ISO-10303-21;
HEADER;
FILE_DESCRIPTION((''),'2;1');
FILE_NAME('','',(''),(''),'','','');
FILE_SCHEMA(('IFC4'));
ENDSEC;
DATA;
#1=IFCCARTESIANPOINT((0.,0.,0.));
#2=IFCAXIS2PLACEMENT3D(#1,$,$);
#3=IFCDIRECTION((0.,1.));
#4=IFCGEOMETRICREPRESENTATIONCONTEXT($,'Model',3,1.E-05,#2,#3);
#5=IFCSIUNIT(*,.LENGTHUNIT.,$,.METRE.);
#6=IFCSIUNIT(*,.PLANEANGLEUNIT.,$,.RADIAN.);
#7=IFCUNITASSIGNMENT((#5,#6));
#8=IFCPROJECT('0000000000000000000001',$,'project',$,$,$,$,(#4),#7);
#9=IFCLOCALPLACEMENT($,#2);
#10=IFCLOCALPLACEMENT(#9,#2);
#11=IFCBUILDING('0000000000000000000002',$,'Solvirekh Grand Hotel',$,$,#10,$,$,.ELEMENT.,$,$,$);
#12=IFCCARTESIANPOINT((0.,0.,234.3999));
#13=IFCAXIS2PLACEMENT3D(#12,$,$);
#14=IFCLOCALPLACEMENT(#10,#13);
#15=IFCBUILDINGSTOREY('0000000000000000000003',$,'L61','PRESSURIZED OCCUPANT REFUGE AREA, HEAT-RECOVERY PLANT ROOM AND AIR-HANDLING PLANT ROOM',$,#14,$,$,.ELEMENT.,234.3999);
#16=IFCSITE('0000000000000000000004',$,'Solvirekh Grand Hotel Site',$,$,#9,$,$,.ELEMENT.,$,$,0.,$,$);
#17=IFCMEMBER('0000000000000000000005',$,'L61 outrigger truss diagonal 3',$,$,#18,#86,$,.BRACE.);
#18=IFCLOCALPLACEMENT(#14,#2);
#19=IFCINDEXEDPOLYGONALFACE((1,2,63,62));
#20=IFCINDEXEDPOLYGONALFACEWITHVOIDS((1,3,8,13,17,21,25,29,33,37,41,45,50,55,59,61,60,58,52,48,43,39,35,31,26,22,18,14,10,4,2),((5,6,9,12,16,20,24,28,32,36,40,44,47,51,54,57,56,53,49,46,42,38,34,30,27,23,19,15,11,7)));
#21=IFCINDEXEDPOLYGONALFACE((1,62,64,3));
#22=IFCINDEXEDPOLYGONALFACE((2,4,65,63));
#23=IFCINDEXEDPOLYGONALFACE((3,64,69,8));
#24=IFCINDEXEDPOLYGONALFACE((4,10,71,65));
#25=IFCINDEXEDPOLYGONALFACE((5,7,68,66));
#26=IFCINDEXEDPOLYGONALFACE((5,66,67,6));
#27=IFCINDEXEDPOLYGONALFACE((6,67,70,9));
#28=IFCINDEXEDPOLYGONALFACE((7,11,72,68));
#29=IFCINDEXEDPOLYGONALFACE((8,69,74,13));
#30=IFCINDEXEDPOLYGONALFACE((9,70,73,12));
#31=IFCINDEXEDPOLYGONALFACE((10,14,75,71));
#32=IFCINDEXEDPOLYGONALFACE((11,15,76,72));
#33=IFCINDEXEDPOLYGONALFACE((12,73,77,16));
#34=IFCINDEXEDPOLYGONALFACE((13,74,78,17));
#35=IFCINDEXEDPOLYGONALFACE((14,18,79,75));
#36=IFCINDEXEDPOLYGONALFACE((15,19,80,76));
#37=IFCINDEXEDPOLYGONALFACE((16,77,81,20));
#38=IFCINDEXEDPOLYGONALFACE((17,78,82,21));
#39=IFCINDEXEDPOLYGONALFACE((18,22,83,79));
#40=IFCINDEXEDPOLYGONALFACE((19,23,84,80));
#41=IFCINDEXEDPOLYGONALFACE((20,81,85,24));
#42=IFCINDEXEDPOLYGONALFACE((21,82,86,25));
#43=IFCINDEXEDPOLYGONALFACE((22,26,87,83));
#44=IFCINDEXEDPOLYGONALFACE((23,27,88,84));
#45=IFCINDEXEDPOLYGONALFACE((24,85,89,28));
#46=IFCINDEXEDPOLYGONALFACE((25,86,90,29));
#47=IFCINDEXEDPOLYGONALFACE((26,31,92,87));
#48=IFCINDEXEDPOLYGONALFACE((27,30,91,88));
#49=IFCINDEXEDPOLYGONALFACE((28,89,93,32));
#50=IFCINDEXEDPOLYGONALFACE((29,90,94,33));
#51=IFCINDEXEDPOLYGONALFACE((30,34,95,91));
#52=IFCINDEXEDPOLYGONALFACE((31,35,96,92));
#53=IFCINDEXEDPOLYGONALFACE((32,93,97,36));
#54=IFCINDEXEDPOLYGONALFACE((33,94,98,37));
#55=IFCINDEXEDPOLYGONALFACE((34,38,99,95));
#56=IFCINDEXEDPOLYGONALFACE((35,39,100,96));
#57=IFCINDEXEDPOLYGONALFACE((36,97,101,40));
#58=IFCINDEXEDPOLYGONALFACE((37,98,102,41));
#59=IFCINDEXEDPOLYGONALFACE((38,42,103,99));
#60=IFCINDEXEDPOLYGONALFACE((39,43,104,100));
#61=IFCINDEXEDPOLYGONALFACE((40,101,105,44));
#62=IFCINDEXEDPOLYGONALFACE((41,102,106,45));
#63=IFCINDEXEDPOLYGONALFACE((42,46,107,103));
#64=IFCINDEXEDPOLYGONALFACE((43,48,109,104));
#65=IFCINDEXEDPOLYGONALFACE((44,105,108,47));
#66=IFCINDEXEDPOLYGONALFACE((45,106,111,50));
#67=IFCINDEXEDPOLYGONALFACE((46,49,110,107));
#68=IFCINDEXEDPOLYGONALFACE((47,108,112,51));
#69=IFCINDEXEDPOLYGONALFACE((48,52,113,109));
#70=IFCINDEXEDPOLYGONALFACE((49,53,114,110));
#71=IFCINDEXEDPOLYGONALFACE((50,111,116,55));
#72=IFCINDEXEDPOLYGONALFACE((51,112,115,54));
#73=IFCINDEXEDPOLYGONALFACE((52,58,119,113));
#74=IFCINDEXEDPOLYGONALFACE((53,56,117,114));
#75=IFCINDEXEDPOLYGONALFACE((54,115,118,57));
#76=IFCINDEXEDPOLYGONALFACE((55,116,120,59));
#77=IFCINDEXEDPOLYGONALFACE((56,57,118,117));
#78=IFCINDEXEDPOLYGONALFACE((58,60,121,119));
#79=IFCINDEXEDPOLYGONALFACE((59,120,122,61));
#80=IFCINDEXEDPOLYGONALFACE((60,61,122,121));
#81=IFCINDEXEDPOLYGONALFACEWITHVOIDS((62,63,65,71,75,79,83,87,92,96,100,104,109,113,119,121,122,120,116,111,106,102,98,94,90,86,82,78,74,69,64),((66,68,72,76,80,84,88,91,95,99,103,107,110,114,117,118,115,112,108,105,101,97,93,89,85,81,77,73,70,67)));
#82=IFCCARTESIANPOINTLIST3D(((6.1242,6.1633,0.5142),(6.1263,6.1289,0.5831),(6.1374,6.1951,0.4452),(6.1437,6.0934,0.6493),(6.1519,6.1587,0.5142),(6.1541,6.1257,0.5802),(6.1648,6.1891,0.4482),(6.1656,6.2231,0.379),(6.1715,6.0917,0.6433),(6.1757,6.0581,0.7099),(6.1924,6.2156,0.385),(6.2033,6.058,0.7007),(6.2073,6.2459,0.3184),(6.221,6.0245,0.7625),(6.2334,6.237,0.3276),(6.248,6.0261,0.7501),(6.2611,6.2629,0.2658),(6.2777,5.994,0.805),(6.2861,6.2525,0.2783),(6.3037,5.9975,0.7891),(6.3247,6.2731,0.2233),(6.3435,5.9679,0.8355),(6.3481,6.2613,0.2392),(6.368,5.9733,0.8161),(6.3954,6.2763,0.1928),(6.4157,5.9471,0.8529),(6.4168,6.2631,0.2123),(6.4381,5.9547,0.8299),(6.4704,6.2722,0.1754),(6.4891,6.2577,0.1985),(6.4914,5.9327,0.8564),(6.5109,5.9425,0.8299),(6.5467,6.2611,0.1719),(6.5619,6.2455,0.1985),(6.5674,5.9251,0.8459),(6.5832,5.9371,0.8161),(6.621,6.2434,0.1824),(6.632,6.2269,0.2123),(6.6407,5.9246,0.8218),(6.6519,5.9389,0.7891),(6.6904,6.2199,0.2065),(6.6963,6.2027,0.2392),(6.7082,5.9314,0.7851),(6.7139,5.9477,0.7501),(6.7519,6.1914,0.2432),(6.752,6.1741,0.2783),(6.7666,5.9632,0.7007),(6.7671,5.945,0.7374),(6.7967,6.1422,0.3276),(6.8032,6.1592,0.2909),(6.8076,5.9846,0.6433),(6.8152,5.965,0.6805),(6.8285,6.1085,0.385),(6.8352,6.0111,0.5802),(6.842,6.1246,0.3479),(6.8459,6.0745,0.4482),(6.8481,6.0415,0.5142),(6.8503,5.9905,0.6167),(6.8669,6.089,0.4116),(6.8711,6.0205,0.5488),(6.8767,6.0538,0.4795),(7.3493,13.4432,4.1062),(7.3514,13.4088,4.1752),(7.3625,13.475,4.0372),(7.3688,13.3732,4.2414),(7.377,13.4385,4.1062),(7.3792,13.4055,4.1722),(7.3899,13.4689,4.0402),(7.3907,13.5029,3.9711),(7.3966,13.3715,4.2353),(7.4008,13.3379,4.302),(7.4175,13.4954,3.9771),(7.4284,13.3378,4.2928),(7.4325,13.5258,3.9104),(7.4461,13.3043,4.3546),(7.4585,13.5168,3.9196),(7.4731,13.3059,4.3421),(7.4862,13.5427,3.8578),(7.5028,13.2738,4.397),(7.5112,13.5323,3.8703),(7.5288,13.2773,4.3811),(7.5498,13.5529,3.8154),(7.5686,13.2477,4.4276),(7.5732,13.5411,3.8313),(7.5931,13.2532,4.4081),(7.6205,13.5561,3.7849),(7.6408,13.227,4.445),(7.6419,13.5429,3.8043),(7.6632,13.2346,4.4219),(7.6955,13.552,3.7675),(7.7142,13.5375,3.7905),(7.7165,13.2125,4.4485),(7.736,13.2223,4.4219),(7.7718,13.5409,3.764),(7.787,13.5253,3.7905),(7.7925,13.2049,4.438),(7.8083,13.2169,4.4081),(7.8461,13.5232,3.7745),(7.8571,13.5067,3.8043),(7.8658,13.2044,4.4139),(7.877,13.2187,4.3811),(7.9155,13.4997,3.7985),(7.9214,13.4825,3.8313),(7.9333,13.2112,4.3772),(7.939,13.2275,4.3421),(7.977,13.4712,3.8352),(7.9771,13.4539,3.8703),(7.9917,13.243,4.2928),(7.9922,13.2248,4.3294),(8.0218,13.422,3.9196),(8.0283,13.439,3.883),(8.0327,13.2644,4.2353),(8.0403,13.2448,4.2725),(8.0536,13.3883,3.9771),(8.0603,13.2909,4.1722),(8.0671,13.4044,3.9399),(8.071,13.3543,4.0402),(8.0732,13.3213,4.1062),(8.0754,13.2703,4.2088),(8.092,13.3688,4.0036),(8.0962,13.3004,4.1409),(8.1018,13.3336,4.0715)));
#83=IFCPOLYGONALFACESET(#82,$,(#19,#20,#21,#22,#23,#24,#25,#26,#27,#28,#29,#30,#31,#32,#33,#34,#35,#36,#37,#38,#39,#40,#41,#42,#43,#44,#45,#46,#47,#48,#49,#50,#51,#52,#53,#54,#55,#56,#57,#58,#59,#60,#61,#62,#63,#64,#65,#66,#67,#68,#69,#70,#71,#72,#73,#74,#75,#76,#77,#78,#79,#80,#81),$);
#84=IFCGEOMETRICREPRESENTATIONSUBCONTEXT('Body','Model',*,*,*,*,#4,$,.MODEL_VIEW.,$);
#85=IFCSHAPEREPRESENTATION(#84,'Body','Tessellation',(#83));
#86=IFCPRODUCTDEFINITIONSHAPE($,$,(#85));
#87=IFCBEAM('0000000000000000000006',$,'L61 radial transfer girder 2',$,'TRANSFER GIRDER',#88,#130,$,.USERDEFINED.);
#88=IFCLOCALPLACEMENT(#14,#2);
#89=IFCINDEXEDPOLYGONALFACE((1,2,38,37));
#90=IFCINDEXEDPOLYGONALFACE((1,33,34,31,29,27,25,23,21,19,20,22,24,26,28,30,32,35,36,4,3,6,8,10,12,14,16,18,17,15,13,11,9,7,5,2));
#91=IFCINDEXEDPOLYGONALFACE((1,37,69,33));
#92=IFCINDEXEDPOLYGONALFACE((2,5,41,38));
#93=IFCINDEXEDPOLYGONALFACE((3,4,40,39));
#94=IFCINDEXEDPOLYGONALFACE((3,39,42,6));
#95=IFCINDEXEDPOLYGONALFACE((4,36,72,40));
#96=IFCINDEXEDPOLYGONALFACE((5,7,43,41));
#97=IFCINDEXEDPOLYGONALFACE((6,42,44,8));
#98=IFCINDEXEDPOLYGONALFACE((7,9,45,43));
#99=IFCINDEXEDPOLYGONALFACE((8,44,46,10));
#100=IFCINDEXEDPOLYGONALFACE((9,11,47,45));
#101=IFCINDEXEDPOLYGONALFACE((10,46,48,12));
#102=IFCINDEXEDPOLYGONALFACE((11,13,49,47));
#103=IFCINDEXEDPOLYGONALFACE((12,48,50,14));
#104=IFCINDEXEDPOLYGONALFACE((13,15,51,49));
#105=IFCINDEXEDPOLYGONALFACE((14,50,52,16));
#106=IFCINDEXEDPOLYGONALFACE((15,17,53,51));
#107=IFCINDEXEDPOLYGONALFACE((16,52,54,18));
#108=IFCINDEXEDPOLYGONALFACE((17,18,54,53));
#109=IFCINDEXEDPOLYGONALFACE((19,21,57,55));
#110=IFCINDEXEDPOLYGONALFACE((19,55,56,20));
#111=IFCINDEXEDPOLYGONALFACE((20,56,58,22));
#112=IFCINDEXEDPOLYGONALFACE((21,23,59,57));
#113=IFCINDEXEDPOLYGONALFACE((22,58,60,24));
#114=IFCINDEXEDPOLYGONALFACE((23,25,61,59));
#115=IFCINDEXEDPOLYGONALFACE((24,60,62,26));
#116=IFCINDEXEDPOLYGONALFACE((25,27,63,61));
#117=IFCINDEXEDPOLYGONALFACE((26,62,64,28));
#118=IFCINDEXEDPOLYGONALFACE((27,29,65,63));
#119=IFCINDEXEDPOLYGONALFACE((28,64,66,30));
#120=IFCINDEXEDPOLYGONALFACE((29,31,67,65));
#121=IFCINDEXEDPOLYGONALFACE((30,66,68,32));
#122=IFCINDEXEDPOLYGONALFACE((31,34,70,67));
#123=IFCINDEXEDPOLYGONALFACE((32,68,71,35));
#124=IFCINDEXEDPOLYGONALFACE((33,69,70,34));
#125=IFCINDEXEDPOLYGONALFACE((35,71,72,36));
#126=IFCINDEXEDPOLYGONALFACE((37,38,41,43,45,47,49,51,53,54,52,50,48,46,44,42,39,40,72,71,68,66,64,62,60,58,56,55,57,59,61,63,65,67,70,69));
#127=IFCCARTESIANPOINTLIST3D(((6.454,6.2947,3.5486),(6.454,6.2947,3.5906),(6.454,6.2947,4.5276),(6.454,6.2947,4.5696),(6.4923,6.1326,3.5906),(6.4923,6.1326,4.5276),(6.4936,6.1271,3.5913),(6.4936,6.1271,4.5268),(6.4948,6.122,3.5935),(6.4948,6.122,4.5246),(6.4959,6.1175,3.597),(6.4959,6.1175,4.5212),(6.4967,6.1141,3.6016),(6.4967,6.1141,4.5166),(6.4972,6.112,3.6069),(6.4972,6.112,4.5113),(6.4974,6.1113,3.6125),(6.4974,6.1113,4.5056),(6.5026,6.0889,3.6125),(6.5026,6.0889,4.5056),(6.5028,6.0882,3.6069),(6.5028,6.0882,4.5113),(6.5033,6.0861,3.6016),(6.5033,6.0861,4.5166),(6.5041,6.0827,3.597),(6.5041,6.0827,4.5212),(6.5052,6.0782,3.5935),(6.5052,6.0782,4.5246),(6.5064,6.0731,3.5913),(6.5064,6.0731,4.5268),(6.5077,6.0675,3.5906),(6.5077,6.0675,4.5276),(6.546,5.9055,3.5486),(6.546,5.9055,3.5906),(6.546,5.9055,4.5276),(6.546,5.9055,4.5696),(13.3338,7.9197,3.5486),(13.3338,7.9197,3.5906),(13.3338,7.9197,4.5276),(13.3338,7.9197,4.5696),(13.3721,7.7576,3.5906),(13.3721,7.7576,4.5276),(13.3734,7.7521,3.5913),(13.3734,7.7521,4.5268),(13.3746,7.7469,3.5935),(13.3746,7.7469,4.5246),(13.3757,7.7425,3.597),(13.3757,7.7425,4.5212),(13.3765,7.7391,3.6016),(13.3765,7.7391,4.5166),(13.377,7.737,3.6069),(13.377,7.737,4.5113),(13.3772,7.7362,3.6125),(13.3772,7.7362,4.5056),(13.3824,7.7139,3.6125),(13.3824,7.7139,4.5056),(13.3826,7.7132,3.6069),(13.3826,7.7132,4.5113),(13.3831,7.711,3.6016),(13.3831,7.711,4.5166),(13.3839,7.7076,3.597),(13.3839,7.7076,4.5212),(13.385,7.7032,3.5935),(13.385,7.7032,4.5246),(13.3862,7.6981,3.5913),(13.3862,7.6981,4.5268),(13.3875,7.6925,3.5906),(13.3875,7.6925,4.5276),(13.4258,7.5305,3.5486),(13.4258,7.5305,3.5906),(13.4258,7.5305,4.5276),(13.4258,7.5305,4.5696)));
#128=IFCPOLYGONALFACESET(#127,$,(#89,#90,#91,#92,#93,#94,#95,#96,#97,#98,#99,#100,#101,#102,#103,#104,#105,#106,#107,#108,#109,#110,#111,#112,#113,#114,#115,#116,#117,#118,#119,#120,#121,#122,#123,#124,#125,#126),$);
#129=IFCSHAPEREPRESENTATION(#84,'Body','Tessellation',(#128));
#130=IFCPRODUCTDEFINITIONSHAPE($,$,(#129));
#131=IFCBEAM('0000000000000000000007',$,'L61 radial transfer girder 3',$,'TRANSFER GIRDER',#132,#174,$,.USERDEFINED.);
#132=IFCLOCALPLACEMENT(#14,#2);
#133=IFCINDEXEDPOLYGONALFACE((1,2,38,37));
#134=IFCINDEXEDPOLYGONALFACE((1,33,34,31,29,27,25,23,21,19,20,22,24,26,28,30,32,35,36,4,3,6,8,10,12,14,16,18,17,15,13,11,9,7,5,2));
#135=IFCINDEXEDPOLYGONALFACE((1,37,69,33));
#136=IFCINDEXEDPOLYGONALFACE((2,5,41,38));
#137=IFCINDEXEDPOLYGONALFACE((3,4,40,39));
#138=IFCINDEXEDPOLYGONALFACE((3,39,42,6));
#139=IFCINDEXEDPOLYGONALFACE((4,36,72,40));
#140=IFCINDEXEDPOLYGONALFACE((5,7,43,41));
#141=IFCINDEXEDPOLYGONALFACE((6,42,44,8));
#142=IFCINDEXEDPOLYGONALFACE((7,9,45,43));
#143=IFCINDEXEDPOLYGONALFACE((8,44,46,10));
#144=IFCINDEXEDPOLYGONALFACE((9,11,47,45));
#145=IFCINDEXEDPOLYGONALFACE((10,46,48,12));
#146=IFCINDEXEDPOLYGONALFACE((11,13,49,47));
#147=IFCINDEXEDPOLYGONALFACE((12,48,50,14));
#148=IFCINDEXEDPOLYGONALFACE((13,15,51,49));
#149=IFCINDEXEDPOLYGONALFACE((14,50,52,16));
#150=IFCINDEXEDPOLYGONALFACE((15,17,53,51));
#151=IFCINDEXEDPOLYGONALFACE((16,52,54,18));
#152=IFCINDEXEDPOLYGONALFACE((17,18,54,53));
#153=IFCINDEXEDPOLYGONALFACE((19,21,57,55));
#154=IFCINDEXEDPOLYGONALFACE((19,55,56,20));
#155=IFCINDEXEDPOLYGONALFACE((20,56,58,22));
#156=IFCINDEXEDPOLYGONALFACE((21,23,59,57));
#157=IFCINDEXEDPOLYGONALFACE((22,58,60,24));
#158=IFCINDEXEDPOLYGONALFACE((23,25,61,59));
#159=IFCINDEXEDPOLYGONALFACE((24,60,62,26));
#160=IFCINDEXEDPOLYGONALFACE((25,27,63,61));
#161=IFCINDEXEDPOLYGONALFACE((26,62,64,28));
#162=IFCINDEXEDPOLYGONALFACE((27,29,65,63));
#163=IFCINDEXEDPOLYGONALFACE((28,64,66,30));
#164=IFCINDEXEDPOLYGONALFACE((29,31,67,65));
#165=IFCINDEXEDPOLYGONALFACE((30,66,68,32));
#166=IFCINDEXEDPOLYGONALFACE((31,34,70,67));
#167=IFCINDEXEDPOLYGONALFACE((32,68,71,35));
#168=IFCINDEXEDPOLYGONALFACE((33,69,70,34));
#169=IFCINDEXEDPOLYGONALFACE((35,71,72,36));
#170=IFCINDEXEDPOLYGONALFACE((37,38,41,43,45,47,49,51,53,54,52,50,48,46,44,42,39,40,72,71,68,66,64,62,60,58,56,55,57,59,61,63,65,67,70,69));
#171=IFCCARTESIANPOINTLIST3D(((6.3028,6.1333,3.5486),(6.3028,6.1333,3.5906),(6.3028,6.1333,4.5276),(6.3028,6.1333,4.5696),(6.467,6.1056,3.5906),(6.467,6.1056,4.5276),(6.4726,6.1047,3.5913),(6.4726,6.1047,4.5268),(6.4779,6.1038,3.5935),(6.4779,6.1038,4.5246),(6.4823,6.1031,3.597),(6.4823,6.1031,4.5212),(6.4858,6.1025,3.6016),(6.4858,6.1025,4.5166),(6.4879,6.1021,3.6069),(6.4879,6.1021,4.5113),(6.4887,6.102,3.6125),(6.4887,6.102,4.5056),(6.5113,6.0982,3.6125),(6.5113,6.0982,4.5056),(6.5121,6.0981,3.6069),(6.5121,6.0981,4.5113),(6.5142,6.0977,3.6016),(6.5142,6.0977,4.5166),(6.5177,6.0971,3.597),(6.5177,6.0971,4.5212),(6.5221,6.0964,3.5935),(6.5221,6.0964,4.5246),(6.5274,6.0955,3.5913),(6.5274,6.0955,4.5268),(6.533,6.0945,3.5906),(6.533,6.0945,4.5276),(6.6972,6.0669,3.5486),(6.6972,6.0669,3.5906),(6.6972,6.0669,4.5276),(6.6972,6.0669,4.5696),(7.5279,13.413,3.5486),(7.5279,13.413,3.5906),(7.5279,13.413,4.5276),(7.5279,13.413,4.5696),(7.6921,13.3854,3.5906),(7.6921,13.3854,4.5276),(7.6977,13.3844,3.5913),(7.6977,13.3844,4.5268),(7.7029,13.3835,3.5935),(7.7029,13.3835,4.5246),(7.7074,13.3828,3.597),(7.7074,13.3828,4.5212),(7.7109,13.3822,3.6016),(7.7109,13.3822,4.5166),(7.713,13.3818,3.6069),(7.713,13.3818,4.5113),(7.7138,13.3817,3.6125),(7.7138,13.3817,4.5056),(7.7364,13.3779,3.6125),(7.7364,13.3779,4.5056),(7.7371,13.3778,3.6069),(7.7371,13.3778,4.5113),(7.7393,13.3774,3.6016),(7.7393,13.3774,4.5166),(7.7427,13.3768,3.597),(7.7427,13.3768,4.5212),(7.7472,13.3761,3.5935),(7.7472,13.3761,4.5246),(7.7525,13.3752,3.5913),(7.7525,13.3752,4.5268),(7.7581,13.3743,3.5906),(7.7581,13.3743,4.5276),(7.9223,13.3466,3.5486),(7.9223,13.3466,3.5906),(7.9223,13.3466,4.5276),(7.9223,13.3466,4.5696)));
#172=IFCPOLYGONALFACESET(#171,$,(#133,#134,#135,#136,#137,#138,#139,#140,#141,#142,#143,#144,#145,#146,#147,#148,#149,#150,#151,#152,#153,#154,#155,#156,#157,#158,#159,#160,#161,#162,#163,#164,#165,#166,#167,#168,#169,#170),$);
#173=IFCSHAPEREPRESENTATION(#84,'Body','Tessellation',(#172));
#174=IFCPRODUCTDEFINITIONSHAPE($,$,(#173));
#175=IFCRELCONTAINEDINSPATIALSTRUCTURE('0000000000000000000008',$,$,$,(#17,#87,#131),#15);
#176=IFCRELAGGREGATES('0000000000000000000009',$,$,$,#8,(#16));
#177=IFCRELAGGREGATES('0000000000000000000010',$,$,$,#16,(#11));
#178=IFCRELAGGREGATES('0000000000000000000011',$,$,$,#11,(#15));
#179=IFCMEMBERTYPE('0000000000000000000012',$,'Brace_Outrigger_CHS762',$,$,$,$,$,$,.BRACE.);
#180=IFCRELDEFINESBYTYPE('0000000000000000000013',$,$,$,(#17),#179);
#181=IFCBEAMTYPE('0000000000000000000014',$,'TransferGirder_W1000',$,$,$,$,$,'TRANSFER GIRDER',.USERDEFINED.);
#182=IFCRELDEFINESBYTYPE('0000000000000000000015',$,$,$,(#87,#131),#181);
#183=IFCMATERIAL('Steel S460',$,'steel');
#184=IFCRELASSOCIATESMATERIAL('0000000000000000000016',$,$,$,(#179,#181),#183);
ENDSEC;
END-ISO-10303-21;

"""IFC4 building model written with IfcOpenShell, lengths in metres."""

from ifc_helpers import new_model, si_unit, direction, frame, origin, origin_2d, place, context, subcontext, project, spatial, hollow_circle, i_section, extrude, material, material_profile, profile_set, type_object, element, save


model = new_model("IFC4")

# Units and contexts
model_context = context("Model", 3, precision=1e-05, world=origin(), true_north=direction((0.0, 1.0)))
body_context = subcontext(model_context, "Body", "Model", "MODEL_VIEW")
ifc_project = project(units=[si_unit("LENGTHUNIT", "METRE"), si_unit("PLANEANGLEUNIT", "RADIAN")], contexts=[model_context])

# Site, building, storey
site_placement = place(None, origin())
site = spatial("IfcSite", under=ifc_project, at=site_placement, Name="Solvirekh Grand Hotel Site", CompositionType="ELEMENT", RefElevation=0.0)
building_placement = place(site_placement, origin())
building = spatial("IfcBuilding", under=site, at=building_placement, Name="Solvirekh Grand Hotel", CompositionType="ELEMENT")
storey_placement = place(building_placement, frame((0.0, 0.0, 234.3999)))
storey = spatial("IfcBuildingStorey", under=building, at=storey_placement, Name="L61", Description="PRESSURIZED OCCUPANT REFUGE AREA, HEAT-RECOVERY PLANT ROOM AND AIR-HANDLING PLANT ROOM", CompositionType="ELEMENT", Elevation=234.3999)

# Shared definitions
ifc_material_1 = material(Name="Steel S460", Category="steel")

# Member
ifc_material_profile_1 = material_profile(ifc_material_1, hollow_circle(Radius=0.3811, WallThickness=0.0281, at=origin_2d()), Name="CHS 762X28")
ifc_profile_set_1 = profile_set([ifc_material_profile_1], Name="Steel S460")
member_type_1 = type_object("IfcMemberType", Name="Brace_Outrigger_CHS762", PredefinedType="BRACE", material=ifc_profile_set_1)
member_1_placement = place(storey_placement, frame((6.5, 6.1001, 0.5142), z_axis=(0.149226, 0.886732, 0.437537), x_axis=(-0.986133, 0.165954, 0.0)))
element("IfcMember", 1, at=member_1_placement, inside=storey, type_object=member_type_1, Name="L61 outrigger truss diagonal 3", PredefinedType="BRACE", context=body_context, shape_type="SweptSolid", body=[
    extrude(hollow_circle(Radius=0.3811, WallThickness=0.0281, at=origin_2d()), origin(), (0.0, 0.0, 1.0), 8.2097),
])

# Beams
ifc_material_profile_2 = material_profile(ifc_material_1, i_section(OverallWidth=0.3999, OverallDepth=1.021, WebThickness=0.0229, FlangeThickness=0.042, FilletRadius=0.022, at=origin_2d()), Name="W1000X412")
ifc_profile_set_2 = profile_set([ifc_material_profile_2], Name="Steel S460")
beam_type_1 = type_object("IfcBeamType", Name="TransferGirder_W1000", ElementType="TRANSFER GIRDER", PredefinedType="USERDEFINED", material=ifc_profile_set_2)
beam_1_placement = place(storey_placement, frame((6.5, 6.1001, 4.0591), z_axis=(0.973221, 0.229871, 0.0), x_axis=(-0.229871, 0.973221, 0.0)))
element("IfcBeam", 2, at=beam_1_placement, inside=storey, type_object=beam_type_1, Name="L61 radial transfer girder 2", ObjectType="TRANSFER GIRDER", PredefinedType="USERDEFINED", context=body_context, shape_type="SweptSolid", body=[
    extrude(i_section(OverallWidth=0.3999, OverallDepth=1.021, WebThickness=0.0229, FlangeThickness=0.042, FilletRadius=0.022, at=origin_2d()), origin(), (0.0, 0.0, 1.0), 7.0691),
])
beam_2_placement = place(storey_placement, frame((6.5, 6.1001, 4.0591), z_axis=(0.165954, 0.986133, 0.0), x_axis=(-0.986133, 0.165954, 0.0)))
element("IfcBeam", 3, at=beam_2_placement, inside=storey, type_object=beam_type_1, Name="L61 radial transfer girder 3", ObjectType="TRANSFER GIRDER", PredefinedType="USERDEFINED", context=body_context, shape_type="SweptSolid", body=[
    extrude(i_section(OverallWidth=0.3999, OverallDepth=1.021, WebThickness=0.0229, FlangeThickness=0.042, FilletRadius=0.022, at=origin_2d()), origin(), (0.0, 0.0, 1.0), 7.3821),
])

save(model, "model.ifc")
